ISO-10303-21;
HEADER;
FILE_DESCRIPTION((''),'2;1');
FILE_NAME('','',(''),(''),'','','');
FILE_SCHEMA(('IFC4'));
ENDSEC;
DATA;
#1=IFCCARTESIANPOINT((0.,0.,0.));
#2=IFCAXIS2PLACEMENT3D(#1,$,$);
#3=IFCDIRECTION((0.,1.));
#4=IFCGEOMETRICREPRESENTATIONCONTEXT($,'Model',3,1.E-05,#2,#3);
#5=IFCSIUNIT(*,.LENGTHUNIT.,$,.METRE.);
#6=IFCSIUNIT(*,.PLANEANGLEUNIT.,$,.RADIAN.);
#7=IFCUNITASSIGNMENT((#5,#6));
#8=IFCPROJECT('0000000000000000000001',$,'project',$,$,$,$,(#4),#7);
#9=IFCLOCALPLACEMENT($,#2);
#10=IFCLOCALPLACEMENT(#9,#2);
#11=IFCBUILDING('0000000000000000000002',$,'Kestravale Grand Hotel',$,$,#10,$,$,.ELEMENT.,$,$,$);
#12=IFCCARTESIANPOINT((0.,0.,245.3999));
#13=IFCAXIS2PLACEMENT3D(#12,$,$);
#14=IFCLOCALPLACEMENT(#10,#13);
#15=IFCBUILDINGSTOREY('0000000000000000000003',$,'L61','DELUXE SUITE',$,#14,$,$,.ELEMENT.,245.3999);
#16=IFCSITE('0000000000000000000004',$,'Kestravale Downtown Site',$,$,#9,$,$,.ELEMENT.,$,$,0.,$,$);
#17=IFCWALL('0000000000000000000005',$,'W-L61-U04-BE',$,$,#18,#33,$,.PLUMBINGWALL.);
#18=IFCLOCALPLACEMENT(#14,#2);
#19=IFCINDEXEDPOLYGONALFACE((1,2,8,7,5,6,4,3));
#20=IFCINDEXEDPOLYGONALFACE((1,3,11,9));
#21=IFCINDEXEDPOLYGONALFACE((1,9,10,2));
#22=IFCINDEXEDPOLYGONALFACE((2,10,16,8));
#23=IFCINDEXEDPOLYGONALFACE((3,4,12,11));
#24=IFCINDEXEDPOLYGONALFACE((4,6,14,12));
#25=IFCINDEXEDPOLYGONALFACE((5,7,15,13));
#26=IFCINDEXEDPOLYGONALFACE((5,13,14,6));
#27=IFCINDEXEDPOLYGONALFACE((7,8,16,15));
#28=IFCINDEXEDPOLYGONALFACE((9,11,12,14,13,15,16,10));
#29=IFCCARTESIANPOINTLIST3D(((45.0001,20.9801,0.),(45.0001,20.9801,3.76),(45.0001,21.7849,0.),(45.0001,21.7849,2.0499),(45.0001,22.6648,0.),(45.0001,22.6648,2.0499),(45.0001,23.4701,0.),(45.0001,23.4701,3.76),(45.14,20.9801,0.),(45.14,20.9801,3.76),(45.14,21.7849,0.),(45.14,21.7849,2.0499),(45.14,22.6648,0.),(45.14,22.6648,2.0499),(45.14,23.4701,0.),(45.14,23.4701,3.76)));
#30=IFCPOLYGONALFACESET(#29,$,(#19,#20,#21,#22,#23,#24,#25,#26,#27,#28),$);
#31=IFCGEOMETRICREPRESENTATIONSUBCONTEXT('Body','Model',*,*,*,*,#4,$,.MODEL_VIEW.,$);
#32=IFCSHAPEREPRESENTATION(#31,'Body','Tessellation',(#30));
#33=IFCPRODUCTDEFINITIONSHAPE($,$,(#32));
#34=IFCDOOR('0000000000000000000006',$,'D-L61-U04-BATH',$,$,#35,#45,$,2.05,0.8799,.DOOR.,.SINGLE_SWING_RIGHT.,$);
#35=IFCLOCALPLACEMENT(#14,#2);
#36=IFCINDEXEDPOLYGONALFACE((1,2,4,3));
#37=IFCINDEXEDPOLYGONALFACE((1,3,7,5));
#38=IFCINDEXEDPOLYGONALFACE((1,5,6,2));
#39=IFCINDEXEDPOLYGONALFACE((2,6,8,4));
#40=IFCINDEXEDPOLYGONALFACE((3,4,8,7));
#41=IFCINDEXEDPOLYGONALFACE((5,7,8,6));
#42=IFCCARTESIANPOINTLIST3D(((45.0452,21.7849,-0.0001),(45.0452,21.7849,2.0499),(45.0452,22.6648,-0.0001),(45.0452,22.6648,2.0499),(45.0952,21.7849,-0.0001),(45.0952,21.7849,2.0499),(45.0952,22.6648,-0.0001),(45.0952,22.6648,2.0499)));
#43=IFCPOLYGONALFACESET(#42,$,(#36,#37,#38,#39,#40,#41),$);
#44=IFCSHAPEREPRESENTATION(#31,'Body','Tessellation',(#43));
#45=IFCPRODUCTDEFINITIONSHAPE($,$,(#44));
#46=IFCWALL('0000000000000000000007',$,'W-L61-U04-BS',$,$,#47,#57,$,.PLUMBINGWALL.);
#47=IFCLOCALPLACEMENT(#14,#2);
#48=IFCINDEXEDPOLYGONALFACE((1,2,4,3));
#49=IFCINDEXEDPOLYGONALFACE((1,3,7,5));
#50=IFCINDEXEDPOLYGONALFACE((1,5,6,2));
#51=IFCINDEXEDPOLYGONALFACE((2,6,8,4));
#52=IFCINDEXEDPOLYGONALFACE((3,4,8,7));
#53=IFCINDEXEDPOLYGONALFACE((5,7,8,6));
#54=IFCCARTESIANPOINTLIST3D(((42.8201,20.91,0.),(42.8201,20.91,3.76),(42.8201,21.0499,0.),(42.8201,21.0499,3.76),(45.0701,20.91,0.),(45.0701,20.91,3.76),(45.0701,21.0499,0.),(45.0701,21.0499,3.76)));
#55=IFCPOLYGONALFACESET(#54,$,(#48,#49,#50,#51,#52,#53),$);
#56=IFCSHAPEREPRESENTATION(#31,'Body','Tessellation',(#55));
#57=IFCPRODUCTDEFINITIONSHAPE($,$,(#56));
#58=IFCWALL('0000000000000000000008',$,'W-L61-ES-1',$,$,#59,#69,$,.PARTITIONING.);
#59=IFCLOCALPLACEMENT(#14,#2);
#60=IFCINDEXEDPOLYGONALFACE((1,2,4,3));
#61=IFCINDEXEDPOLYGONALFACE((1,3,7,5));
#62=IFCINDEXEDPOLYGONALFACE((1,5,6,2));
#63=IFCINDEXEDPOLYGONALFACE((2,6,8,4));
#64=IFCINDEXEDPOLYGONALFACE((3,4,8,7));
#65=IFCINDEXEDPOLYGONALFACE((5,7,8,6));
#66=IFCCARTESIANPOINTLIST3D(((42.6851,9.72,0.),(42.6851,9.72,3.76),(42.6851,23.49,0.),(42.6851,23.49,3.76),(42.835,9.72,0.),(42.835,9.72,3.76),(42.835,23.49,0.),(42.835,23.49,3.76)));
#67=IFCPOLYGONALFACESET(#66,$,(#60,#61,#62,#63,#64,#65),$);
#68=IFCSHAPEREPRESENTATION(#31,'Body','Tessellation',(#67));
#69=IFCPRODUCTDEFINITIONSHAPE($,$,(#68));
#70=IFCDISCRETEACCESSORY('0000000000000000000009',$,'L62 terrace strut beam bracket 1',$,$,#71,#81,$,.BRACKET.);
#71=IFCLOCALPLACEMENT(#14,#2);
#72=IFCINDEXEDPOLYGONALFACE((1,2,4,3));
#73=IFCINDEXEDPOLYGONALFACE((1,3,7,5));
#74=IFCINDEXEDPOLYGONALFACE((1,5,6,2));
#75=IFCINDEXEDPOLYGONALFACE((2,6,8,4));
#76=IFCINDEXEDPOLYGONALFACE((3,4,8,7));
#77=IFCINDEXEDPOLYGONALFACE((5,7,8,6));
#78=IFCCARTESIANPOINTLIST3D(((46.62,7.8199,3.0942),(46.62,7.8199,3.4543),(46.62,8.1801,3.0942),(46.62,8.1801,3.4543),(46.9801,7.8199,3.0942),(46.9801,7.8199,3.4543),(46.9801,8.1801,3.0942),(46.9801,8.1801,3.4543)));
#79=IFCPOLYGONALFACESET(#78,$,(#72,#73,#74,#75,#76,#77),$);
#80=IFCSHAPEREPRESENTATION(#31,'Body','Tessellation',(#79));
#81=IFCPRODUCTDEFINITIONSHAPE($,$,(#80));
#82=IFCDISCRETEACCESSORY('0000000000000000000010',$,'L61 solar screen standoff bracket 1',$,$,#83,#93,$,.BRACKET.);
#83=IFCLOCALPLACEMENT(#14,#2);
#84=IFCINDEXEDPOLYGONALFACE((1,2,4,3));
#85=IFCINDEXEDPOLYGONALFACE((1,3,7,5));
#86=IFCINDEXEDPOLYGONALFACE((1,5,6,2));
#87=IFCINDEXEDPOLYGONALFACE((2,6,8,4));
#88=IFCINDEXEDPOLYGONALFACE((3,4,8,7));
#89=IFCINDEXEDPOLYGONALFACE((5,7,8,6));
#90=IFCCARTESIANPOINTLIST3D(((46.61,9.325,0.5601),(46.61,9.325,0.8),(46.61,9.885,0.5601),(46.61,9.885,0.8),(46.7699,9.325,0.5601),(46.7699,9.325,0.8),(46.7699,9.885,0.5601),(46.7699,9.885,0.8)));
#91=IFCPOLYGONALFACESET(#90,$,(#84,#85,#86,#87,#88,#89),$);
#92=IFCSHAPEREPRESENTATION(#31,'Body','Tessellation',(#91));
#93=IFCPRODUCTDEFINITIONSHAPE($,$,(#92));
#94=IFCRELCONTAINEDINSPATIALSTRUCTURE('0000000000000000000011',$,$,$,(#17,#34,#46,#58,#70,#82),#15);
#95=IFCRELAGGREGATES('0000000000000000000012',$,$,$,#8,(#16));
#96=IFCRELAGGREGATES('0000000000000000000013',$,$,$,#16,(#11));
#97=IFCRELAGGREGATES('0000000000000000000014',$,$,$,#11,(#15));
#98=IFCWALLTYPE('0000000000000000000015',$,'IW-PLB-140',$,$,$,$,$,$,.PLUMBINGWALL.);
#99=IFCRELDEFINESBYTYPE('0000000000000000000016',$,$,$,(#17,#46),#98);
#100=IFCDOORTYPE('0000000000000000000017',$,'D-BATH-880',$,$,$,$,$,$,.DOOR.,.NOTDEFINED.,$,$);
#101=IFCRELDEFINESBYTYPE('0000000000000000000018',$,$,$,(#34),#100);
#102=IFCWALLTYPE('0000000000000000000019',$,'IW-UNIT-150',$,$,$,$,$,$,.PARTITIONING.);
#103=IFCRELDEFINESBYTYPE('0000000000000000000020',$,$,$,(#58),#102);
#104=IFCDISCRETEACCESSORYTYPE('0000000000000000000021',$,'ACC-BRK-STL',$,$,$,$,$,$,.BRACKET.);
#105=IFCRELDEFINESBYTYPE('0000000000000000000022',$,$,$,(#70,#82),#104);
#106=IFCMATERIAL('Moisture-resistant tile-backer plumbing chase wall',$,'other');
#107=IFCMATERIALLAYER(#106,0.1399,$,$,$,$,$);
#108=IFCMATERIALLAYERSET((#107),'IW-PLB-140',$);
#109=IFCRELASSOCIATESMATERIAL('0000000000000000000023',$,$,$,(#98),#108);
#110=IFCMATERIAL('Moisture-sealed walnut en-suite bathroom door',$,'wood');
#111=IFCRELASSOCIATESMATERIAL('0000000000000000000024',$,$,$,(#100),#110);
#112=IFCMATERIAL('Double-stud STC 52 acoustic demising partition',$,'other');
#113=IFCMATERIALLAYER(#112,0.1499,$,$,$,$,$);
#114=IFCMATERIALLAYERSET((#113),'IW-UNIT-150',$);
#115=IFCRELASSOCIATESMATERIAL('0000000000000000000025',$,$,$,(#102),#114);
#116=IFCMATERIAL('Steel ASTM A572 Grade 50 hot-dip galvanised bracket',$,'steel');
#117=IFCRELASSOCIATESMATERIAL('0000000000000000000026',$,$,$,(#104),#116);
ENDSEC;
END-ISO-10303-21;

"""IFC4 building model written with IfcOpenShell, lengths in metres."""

from ifc_helpers import new_model, si_unit, direction, frame, frame_2d, origin, origin_2d, place, context, subcontext, project, spatial, rectangle, extrude, material, layer, layer_set, type_object, element, fill, save


model = new_model("IFC4")

# Units and contexts
model_context = context("Model", 3, precision=1e-05, world=origin(), true_north=direction((0.0, 1.0)))
body_context = subcontext(model_context, "Body", "Model", "MODEL_VIEW")
ifc_project = project(units=[si_unit("LENGTHUNIT", "METRE"), si_unit("PLANEANGLEUNIT", "RADIAN")], contexts=[model_context])

# Site, building, storey
site_placement = place(None, origin())
site = spatial("IfcSite", under=ifc_project, at=site_placement, Name="Kestravale Downtown Site", CompositionType="ELEMENT", RefElevation=0.0)
building_placement = place(site_placement, origin())
building = spatial("IfcBuilding", under=site, at=building_placement, Name="Kestravale Grand Hotel", CompositionType="ELEMENT")
storey_placement = place(building_placement, frame((0.0, 0.0, 245.3999)))
storey = spatial("IfcBuildingStorey", under=building, at=storey_placement, Name="L61", Description="DELUXE SUITE", CompositionType="ELEMENT", Elevation=245.3999)

# Shared definitions
ifc_material_1 = material(Name="Moisture-resistant tile-backer plumbing chase wall", Category="other")
ifc_layer_1 = layer(ifc_material_1, 0.1399)
ifc_layer_set_1 = layer_set([ifc_layer_1], Name="IW-PLB-140")
wall_type_1 = type_object("IfcWallType", Name="IW-PLB-140", PredefinedType="PLUMBINGWALL", material=ifc_layer_set_1)
ifc_material_2 = material(Name="Moisture-sealed walnut en-suite bathroom door", Category="wood")
door_type = type_object("IfcDoorType", Name="D-BATH-880", OperationType="NOTDEFINED", PredefinedType="DOOR", material=ifc_material_2)

# Wall, opening, door
wall_1_placement = place(storey_placement, frame((45.0701, 20.98, 0.0), z_axis=(0.0, 0.0, 1.0), x_axis=(0.0, 1.0, 0.0)))
wall_1 = element("IfcWall", 1, at=wall_1_placement, inside=storey, type_object=wall_type_1, Name="W-L61-U04-BE", PredefinedType="PLUMBINGWALL", context=body_context, shape_type="SweptSolid", body=[
    extrude(rectangle(XDim=2.49, YDim=0.1399, at=frame_2d((1.2451, 0.0))), origin(), (0.0, 0.0, 1.0), 3.76),
])
opening_1_placement = place(wall_1_placement, frame((0.8049, 0.0, 0.0)))
opening_1 = element("IfcOpeningElement", 2, at=opening_1_placement, cuts=wall_1, PredefinedType="OPENING", context=body_context, shape_type="SweptSolid", body=[
    extrude(rectangle(XDim=0.8799, YDim=2.05, at=frame_2d((0.4399, 1.0249))), frame((0.0, 0.0798, 0.0), z_axis=(0.0, -1.0, 0.0), x_axis=(1.0, 0.0, 0.0)), (0.0, 0.0, 1.0), 0.1599),
])
door_1_placement = place(opening_1_placement, origin())
door_1 = element("IfcDoor", 3, at=door_1_placement, inside=storey, type_object=door_type, Name="D-L61-U04-BATH", OperationType="SINGLE_SWING_RIGHT", OverallHeight=2.05, OverallWidth=0.8799, PredefinedType="DOOR", context=body_context, shape_type="SweptSolid", body=[
    extrude(rectangle(XDim=0.8799, YDim=2.05, at=frame_2d((0.4399, 1.0249))), frame((0.0, 0.0249, 0.0), z_axis=(0.0, -1.0, 0.0), x_axis=(1.0, 0.0, 0.0)), (0.0, 0.0, 1.0), 0.05),
])
fill(opening_1, door_1)

# Walls
wall_2_placement = place(storey_placement, frame((42.8201, 20.98, 0.0), z_axis=(0.0, 0.0, 1.0), x_axis=(1.0, 0.0, 0.0)))
element("IfcWall", 4, at=wall_2_placement, inside=storey, type_object=wall_type_1, Name="W-L61-U04-BS", PredefinedType="PLUMBINGWALL", context=body_context, shape_type="SweptSolid", body=[
    extrude(rectangle(XDim=2.25, YDim=0.1399, at=frame_2d((1.125, 0.0))), origin(), (0.0, 0.0, 1.0), 3.76),
])
ifc_material_3 = material(Name="Double-stud STC 52 acoustic demising partition", Category="other")
ifc_layer_2 = layer(ifc_material_3, 0.1499)
ifc_layer_set_2 = layer_set([ifc_layer_2], Name="IW-UNIT-150")
wall_type_2 = type_object("IfcWallType", Name="IW-UNIT-150", PredefinedType="PARTITIONING", material=ifc_layer_set_2)
wall_3_placement = place(storey_placement, frame((42.76, 9.72, 0.0), z_axis=(0.0, 0.0, 1.0), x_axis=(0.0, 1.0, 0.0)))
element("IfcWall", 5, at=wall_3_placement, inside=storey, type_object=wall_type_2, Name="W-L61-ES-1", PredefinedType="PARTITIONING", context=body_context, shape_type="SweptSolid", body=[
    extrude(rectangle(XDim=13.77, YDim=0.1499, at=frame_2d((6.885, 0.0))), origin(), (0.0, 0.0, 1.0), 3.76),
])

# Discrete accessories
ifc_material_4 = material(Name="Steel ASTM A572 Grade 50 hot-dip galvanised bracket", Category="steel")
discrete_accessory_type = type_object("IfcDiscreteAccessoryType", Name="ACC-BRK-STL", PredefinedType="BRACKET", material=ifc_material_4)
discrete_accessory_1_placement = place(storey_placement, frame((46.8, 8.0, 3.0942), z_axis=(0.0, 0.0, 1.0), x_axis=(1.0, 0.0, 0.0)))
element("IfcDiscreteAccessory", 6, at=discrete_accessory_1_placement, inside=storey, type_object=discrete_accessory_type, Name="L62 terrace strut beam bracket 1", PredefinedType="BRACKET", context=body_context, shape_type="SweptSolid", body=[
    extrude(rectangle(XDim=0.3601, YDim=0.3601, at=origin_2d()), origin(), (0.0, 0.0, 1.0), 0.3601),
])
discrete_accessory_2_placement = place(storey_placement, frame((46.6899, 9.605, 0.5601), z_axis=(0.0, 0.0, 1.0), x_axis=(1.0, 0.0, 0.0)))
element("IfcDiscreteAccessory", 7, at=discrete_accessory_2_placement, inside=storey, type_object=discrete_accessory_type, Name="L61 solar screen standoff bracket 1", PredefinedType="BRACKET", context=body_context, shape_type="SweptSolid", body=[
    extrude(rectangle(XDim=0.1599, YDim=0.5601, at=origin_2d()), origin(), (0.0, 0.0, 1.0), 0.24),
])

save(model, "model.ifc")
